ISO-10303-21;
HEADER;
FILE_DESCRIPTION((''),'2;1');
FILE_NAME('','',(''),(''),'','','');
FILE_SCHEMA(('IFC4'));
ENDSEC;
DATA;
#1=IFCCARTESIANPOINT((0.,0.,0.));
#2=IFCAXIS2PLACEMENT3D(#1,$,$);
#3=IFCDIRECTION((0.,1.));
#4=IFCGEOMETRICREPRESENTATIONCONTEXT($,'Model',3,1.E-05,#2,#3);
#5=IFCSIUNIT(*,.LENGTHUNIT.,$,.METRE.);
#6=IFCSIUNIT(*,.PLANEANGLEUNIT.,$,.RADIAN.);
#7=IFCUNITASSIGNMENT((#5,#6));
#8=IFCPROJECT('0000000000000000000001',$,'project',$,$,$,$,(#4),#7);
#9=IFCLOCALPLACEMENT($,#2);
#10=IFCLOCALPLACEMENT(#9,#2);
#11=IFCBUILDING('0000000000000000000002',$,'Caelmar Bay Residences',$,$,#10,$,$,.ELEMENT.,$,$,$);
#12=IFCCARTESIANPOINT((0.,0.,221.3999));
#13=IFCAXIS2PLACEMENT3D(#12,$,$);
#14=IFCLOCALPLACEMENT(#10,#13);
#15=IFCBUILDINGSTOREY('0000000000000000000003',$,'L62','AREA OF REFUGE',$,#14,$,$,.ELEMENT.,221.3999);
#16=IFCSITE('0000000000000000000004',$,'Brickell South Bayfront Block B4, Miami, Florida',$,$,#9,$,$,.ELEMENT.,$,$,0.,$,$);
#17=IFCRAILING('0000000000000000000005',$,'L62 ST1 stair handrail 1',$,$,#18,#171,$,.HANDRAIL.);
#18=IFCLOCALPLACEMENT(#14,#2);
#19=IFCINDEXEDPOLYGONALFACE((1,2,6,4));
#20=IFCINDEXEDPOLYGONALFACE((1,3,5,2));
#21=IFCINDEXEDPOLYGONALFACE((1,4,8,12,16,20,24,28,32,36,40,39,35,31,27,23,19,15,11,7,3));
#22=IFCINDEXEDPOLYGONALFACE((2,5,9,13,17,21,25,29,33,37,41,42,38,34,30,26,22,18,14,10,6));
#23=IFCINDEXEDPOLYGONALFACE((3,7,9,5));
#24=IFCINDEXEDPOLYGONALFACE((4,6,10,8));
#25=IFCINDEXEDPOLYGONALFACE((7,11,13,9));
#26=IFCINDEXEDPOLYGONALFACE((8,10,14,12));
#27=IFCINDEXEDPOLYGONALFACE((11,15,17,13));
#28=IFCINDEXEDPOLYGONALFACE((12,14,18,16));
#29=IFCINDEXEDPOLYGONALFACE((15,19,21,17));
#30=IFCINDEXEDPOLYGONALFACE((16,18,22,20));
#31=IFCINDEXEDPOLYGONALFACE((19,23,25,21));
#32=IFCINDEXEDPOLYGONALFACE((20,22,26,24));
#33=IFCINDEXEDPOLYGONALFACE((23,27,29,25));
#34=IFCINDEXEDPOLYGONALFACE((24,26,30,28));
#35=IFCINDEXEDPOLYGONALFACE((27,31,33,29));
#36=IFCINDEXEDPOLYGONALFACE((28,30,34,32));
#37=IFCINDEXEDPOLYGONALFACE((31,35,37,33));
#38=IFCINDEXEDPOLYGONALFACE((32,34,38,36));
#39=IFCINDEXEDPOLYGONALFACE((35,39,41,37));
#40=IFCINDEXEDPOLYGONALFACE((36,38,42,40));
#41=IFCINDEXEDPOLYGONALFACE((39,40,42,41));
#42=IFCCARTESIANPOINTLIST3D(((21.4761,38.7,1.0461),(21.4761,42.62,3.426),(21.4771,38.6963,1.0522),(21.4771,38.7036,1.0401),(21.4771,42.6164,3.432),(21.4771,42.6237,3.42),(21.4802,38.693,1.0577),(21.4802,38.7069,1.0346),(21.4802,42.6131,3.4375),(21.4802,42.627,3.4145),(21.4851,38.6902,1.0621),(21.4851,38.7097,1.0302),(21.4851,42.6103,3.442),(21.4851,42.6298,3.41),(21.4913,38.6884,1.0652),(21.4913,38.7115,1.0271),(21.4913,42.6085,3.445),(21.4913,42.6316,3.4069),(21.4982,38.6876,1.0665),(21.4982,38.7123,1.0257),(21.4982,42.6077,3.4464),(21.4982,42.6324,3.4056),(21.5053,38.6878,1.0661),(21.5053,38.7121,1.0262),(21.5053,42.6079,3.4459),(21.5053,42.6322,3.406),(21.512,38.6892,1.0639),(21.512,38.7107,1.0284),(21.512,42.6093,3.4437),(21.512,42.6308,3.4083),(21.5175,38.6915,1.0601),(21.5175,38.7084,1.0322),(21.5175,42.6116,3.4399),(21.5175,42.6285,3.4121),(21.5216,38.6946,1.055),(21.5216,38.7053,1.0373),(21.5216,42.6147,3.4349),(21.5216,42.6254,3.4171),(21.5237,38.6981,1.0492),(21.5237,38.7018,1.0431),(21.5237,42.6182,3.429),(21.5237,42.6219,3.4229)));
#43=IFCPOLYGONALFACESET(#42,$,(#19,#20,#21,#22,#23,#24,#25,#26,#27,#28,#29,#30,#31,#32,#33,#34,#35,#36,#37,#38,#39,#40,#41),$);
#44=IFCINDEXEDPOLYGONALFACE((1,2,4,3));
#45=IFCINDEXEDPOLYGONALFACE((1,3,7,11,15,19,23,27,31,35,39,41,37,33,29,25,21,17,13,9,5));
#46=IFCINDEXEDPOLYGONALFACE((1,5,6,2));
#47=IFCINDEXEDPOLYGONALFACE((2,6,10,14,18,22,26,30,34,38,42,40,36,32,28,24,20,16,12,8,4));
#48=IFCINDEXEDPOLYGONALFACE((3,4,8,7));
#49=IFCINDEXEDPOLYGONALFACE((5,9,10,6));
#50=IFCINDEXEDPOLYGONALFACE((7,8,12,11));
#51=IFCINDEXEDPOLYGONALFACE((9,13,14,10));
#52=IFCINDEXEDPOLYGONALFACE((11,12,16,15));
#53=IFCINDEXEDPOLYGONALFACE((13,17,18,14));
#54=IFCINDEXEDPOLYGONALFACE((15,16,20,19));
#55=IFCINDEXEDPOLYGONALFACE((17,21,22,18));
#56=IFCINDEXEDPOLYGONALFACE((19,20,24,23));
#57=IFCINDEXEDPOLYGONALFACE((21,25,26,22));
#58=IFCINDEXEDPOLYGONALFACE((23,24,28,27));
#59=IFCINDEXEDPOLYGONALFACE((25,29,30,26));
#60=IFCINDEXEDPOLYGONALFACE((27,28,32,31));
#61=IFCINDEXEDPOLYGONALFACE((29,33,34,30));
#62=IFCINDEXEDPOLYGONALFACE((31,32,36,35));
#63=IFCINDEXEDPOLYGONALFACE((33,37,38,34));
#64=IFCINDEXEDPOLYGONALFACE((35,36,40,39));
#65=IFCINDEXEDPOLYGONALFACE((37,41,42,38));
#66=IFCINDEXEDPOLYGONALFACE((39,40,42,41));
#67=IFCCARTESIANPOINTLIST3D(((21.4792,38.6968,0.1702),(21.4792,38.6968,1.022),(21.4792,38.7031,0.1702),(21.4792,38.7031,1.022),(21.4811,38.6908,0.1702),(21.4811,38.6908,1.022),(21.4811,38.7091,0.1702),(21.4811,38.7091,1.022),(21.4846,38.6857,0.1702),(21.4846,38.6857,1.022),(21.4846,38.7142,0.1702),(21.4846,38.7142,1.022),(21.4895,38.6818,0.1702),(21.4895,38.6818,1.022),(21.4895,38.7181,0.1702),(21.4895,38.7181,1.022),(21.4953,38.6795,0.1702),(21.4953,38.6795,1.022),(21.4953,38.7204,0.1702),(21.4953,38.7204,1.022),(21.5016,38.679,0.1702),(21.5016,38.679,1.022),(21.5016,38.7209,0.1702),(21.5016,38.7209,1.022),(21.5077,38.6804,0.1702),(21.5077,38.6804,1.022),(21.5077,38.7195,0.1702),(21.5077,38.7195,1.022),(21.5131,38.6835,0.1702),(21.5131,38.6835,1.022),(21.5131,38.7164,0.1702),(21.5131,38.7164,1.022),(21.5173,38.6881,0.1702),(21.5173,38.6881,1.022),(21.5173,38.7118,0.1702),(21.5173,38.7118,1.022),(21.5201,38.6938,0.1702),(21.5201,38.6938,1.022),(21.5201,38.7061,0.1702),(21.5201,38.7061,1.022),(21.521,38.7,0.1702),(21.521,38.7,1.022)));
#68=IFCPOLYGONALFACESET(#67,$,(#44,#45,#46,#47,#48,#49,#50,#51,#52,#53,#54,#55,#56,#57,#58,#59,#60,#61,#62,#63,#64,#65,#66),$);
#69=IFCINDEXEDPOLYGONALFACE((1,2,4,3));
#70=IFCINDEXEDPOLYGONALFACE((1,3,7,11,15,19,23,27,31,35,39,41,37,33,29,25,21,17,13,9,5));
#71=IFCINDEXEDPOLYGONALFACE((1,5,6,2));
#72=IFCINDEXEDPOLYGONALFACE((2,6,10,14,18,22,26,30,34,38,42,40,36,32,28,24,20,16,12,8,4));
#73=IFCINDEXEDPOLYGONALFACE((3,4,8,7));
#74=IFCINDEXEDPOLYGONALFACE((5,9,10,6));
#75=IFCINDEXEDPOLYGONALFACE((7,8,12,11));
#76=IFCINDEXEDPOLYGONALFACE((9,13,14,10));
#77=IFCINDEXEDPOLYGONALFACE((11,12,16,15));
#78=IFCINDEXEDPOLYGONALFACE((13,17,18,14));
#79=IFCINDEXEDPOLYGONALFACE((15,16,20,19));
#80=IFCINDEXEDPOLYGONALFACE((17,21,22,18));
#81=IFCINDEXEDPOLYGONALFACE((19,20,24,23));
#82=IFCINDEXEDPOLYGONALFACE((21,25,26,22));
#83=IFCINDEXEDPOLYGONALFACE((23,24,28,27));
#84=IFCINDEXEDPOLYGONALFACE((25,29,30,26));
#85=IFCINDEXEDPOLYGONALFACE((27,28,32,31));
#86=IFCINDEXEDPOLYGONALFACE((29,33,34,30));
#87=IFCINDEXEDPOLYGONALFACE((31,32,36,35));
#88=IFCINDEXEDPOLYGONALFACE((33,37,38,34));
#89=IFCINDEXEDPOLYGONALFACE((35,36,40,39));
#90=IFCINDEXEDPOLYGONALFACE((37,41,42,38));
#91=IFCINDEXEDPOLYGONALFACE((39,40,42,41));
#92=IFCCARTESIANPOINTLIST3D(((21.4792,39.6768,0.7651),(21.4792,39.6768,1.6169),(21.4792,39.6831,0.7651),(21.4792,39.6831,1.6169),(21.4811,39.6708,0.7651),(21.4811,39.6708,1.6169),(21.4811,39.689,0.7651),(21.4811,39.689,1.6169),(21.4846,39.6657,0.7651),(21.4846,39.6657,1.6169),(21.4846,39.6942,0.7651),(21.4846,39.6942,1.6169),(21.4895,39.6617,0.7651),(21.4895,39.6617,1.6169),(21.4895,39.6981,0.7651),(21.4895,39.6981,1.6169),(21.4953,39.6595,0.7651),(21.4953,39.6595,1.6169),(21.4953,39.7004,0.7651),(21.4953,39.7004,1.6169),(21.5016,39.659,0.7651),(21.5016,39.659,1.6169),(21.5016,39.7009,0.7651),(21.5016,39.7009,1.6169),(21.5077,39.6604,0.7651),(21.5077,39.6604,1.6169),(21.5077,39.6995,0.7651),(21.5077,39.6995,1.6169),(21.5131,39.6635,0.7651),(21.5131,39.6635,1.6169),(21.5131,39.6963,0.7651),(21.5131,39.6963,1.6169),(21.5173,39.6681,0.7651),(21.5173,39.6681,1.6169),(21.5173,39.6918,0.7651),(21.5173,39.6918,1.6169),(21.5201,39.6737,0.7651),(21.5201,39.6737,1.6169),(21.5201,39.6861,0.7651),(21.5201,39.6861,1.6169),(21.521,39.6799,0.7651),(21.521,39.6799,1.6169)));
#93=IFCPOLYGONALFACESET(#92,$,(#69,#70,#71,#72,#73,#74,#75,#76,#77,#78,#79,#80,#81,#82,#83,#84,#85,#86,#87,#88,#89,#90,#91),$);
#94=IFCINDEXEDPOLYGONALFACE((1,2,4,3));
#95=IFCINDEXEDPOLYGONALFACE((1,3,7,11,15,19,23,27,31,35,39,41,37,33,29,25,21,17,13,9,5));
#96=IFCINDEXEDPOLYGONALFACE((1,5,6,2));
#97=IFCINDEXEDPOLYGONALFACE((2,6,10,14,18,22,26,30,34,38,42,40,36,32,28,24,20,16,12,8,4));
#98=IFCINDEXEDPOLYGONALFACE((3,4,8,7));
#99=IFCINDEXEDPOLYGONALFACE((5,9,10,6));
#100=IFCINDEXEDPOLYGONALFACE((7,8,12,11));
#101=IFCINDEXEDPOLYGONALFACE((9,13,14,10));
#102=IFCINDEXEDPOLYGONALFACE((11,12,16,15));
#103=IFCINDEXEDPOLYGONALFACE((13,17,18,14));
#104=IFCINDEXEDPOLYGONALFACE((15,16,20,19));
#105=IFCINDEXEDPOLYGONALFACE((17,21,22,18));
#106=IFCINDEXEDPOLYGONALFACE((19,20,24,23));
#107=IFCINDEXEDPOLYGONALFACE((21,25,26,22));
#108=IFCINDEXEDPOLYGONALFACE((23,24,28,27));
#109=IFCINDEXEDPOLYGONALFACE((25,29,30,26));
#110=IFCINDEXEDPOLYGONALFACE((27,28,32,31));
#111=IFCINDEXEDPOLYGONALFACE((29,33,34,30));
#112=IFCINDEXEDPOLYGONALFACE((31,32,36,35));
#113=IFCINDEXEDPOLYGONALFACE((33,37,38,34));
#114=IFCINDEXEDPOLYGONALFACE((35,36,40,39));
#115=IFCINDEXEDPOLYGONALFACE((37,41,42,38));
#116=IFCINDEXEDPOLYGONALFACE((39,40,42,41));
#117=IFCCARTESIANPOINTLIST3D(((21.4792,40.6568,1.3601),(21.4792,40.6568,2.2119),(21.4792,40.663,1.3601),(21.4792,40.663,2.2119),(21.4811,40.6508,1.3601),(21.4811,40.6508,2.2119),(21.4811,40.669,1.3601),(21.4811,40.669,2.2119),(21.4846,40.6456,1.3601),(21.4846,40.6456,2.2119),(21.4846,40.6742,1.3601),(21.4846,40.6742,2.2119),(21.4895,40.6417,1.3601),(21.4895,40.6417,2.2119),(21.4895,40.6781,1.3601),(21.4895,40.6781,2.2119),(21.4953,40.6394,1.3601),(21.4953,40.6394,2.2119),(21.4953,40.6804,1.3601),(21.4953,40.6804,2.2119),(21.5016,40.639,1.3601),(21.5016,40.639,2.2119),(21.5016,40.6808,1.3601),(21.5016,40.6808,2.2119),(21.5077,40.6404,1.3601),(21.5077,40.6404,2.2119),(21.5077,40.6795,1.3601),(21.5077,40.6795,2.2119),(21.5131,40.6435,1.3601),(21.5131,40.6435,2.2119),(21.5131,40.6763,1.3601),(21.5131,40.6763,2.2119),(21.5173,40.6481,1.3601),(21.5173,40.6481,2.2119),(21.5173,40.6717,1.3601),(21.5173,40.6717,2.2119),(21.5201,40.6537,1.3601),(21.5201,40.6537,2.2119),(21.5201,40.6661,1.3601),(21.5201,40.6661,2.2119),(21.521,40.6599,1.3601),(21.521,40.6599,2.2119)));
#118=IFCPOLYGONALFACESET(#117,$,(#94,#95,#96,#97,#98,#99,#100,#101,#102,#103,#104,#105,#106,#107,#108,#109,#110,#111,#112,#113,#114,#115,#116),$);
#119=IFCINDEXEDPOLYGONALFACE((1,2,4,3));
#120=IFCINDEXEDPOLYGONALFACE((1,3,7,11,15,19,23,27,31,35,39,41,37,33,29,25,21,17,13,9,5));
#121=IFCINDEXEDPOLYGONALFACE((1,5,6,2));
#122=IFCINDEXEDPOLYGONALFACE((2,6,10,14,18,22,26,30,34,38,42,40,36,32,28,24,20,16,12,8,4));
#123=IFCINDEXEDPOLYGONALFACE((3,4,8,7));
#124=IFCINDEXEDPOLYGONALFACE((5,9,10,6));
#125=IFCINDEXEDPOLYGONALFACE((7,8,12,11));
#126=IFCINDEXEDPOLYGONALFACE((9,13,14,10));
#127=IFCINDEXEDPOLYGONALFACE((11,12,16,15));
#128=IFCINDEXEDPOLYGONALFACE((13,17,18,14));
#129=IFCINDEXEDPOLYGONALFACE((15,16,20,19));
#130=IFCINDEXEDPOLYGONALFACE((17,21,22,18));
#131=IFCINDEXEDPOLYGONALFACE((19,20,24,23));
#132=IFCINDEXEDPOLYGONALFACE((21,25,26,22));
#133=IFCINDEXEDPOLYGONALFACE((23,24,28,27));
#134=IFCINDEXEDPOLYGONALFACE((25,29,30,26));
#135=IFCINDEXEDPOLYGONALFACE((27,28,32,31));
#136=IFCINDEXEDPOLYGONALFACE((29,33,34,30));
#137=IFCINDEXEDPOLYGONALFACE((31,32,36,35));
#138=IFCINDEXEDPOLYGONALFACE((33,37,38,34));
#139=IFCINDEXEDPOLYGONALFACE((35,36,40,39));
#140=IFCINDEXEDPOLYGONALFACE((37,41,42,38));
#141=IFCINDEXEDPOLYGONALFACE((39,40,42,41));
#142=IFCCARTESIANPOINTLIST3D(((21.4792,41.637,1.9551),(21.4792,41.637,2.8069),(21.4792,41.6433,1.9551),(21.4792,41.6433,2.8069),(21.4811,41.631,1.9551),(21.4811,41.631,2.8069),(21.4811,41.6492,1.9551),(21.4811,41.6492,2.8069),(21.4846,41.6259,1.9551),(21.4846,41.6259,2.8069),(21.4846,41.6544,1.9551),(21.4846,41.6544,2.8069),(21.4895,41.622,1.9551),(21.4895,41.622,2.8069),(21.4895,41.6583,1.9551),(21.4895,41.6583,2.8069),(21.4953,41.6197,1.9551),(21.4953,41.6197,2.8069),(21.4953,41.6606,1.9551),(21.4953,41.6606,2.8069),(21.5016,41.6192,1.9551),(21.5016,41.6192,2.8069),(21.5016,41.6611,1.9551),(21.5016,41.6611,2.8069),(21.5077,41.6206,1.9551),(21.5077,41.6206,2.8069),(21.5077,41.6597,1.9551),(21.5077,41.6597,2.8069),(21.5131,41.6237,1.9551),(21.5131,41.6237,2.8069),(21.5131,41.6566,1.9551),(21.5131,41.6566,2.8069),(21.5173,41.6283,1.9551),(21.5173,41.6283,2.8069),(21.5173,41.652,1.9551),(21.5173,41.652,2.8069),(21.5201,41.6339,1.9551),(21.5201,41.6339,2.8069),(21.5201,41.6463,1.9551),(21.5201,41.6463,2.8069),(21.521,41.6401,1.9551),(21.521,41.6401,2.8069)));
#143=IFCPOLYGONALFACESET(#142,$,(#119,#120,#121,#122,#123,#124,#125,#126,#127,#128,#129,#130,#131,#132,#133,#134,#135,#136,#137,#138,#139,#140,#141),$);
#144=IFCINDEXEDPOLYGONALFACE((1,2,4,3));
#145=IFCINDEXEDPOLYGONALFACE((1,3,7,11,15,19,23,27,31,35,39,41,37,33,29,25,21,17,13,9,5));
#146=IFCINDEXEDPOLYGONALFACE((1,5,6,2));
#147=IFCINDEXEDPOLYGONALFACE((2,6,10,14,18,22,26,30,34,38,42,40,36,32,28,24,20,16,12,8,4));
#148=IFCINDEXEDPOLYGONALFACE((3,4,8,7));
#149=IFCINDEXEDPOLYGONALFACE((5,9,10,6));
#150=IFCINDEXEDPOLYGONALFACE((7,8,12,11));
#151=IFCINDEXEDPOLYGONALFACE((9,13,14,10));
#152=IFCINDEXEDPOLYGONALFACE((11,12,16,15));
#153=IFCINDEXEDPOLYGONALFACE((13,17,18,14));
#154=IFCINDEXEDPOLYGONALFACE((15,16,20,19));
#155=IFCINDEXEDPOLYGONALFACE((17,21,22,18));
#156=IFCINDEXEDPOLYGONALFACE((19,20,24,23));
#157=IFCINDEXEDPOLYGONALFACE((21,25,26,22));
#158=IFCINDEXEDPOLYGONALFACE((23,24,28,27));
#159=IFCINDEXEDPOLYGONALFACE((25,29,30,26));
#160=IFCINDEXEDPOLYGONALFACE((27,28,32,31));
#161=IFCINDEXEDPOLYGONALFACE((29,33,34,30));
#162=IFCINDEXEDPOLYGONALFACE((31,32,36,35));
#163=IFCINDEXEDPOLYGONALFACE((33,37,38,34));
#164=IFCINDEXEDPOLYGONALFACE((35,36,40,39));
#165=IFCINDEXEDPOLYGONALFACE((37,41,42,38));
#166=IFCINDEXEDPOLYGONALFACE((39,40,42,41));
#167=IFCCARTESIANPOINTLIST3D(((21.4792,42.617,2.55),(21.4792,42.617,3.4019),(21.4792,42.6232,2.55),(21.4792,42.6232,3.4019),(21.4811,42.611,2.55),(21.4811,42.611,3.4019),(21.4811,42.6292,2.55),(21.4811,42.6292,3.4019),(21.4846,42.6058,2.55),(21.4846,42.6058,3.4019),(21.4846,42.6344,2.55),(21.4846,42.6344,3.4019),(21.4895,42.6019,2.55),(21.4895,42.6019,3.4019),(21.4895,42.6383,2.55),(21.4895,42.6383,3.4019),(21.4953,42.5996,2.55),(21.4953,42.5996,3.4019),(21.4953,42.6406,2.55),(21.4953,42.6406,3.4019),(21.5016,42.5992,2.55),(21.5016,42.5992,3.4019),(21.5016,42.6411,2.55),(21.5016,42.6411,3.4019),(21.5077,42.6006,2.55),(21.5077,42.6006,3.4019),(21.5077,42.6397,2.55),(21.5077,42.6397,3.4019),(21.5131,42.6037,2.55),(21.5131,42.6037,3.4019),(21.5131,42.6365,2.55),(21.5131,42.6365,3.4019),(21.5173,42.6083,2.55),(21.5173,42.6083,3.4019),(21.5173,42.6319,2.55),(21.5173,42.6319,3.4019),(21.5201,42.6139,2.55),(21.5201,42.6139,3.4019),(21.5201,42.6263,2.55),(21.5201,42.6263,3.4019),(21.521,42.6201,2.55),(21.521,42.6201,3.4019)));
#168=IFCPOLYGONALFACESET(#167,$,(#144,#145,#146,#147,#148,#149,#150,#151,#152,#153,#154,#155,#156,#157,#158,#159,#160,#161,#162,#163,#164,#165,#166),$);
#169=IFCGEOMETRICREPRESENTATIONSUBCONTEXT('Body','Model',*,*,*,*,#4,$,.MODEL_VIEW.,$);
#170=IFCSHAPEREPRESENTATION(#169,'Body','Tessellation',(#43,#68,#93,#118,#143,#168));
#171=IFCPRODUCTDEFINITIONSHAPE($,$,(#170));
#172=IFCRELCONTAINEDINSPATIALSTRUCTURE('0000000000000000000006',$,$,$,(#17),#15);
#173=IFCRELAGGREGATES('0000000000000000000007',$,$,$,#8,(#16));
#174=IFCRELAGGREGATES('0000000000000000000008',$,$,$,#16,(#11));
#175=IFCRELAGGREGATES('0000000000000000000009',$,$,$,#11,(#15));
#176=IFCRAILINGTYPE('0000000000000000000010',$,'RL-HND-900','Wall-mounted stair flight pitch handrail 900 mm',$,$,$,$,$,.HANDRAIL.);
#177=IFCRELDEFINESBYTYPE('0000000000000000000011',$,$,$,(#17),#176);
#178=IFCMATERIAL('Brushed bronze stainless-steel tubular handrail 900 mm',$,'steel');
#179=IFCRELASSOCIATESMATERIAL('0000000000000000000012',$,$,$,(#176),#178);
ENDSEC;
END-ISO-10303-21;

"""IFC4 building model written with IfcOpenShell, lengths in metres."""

from ifc_helpers import new_model, si_unit, direction, frame, origin, origin_2d, place, context, subcontext, project, spatial, circle, extrude, material, type_object, element, save


model = new_model("IFC4")

# Units and contexts
model_context = context("Model", 3, precision=1e-05, world=origin(), true_north=direction((0.0, 1.0)))
body_context = subcontext(model_context, "Body", "Model", "MODEL_VIEW")
ifc_project = project(units=[si_unit("LENGTHUNIT", "METRE"), si_unit("PLANEANGLEUNIT", "RADIAN")], contexts=[model_context])

# Site, building, storey
site_placement = place(None, origin())
site = spatial("IfcSite", under=ifc_project, at=site_placement, Name="Brickell South Bayfront Block B4, Miami, Florida", CompositionType="ELEMENT", RefElevation=0.0)
building_placement = place(site_placement, origin())
building = spatial("IfcBuilding", under=site, at=building_placement, Name="Caelmar Bay Residences", CompositionType="ELEMENT")
storey_placement = place(building_placement, frame((0.0, 0.0, 221.3999)))
storey = spatial("IfcBuildingStorey", under=building, at=storey_placement, Name="L62", Description="AREA OF REFUGE", CompositionType="ELEMENT", Elevation=221.3999)

# Railing
ifc_material_1 = material(Name="Brushed bronze stainless-steel tubular handrail 900 mm", Category="steel")
railing_type_1 = type_object("IfcRailingType", Name="RL-HND-900", Description="Wall-mounted stair flight pitch handrail 900 mm", PredefinedType="HANDRAIL", material=ifc_material_1)
railing_1_placement = place(storey_placement, frame((21.5, 38.7, 0.1702)))
element("IfcRailing", 1, at=railing_1_placement, inside=storey, type_object=railing_type_1, Name="L62 ST1 stair handrail 1", PredefinedType="HANDRAIL", context=body_context, shape_type="SweptSolid", body=[
    extrude(circle(Radius=0.0239, at=origin_2d()), frame((0.0, 0.0, 0.876), z_axis=(0.0, 0.854809, 0.518943), x_axis=(-1.0, 0.0, 0.0)), (0.0, 0.0, 1.0), 4.5859),
    extrude(circle(Radius=0.021, at=origin_2d()), origin(), (0.0, 0.0, 1.0), 0.8518),
    extrude(circle(Radius=0.021, at=origin_2d()), frame((0.0, 0.98, 0.595)), (0.0, 0.0, 1.0), 0.8518),
    extrude(circle(Radius=0.021, at=origin_2d()), frame((0.0, 1.96, 1.1899)), (0.0, 0.0, 1.0), 0.8518),
    extrude(circle(Radius=0.021, at=origin_2d()), frame((0.0, 2.9402, 1.7849)), (0.0, 0.0, 1.0), 0.8518),
    extrude(circle(Radius=0.021, at=origin_2d()), frame((0.0, 3.9202, 2.3799)), (0.0, 0.0, 1.0), 0.8518),
])

save(model, "model.ifc")
